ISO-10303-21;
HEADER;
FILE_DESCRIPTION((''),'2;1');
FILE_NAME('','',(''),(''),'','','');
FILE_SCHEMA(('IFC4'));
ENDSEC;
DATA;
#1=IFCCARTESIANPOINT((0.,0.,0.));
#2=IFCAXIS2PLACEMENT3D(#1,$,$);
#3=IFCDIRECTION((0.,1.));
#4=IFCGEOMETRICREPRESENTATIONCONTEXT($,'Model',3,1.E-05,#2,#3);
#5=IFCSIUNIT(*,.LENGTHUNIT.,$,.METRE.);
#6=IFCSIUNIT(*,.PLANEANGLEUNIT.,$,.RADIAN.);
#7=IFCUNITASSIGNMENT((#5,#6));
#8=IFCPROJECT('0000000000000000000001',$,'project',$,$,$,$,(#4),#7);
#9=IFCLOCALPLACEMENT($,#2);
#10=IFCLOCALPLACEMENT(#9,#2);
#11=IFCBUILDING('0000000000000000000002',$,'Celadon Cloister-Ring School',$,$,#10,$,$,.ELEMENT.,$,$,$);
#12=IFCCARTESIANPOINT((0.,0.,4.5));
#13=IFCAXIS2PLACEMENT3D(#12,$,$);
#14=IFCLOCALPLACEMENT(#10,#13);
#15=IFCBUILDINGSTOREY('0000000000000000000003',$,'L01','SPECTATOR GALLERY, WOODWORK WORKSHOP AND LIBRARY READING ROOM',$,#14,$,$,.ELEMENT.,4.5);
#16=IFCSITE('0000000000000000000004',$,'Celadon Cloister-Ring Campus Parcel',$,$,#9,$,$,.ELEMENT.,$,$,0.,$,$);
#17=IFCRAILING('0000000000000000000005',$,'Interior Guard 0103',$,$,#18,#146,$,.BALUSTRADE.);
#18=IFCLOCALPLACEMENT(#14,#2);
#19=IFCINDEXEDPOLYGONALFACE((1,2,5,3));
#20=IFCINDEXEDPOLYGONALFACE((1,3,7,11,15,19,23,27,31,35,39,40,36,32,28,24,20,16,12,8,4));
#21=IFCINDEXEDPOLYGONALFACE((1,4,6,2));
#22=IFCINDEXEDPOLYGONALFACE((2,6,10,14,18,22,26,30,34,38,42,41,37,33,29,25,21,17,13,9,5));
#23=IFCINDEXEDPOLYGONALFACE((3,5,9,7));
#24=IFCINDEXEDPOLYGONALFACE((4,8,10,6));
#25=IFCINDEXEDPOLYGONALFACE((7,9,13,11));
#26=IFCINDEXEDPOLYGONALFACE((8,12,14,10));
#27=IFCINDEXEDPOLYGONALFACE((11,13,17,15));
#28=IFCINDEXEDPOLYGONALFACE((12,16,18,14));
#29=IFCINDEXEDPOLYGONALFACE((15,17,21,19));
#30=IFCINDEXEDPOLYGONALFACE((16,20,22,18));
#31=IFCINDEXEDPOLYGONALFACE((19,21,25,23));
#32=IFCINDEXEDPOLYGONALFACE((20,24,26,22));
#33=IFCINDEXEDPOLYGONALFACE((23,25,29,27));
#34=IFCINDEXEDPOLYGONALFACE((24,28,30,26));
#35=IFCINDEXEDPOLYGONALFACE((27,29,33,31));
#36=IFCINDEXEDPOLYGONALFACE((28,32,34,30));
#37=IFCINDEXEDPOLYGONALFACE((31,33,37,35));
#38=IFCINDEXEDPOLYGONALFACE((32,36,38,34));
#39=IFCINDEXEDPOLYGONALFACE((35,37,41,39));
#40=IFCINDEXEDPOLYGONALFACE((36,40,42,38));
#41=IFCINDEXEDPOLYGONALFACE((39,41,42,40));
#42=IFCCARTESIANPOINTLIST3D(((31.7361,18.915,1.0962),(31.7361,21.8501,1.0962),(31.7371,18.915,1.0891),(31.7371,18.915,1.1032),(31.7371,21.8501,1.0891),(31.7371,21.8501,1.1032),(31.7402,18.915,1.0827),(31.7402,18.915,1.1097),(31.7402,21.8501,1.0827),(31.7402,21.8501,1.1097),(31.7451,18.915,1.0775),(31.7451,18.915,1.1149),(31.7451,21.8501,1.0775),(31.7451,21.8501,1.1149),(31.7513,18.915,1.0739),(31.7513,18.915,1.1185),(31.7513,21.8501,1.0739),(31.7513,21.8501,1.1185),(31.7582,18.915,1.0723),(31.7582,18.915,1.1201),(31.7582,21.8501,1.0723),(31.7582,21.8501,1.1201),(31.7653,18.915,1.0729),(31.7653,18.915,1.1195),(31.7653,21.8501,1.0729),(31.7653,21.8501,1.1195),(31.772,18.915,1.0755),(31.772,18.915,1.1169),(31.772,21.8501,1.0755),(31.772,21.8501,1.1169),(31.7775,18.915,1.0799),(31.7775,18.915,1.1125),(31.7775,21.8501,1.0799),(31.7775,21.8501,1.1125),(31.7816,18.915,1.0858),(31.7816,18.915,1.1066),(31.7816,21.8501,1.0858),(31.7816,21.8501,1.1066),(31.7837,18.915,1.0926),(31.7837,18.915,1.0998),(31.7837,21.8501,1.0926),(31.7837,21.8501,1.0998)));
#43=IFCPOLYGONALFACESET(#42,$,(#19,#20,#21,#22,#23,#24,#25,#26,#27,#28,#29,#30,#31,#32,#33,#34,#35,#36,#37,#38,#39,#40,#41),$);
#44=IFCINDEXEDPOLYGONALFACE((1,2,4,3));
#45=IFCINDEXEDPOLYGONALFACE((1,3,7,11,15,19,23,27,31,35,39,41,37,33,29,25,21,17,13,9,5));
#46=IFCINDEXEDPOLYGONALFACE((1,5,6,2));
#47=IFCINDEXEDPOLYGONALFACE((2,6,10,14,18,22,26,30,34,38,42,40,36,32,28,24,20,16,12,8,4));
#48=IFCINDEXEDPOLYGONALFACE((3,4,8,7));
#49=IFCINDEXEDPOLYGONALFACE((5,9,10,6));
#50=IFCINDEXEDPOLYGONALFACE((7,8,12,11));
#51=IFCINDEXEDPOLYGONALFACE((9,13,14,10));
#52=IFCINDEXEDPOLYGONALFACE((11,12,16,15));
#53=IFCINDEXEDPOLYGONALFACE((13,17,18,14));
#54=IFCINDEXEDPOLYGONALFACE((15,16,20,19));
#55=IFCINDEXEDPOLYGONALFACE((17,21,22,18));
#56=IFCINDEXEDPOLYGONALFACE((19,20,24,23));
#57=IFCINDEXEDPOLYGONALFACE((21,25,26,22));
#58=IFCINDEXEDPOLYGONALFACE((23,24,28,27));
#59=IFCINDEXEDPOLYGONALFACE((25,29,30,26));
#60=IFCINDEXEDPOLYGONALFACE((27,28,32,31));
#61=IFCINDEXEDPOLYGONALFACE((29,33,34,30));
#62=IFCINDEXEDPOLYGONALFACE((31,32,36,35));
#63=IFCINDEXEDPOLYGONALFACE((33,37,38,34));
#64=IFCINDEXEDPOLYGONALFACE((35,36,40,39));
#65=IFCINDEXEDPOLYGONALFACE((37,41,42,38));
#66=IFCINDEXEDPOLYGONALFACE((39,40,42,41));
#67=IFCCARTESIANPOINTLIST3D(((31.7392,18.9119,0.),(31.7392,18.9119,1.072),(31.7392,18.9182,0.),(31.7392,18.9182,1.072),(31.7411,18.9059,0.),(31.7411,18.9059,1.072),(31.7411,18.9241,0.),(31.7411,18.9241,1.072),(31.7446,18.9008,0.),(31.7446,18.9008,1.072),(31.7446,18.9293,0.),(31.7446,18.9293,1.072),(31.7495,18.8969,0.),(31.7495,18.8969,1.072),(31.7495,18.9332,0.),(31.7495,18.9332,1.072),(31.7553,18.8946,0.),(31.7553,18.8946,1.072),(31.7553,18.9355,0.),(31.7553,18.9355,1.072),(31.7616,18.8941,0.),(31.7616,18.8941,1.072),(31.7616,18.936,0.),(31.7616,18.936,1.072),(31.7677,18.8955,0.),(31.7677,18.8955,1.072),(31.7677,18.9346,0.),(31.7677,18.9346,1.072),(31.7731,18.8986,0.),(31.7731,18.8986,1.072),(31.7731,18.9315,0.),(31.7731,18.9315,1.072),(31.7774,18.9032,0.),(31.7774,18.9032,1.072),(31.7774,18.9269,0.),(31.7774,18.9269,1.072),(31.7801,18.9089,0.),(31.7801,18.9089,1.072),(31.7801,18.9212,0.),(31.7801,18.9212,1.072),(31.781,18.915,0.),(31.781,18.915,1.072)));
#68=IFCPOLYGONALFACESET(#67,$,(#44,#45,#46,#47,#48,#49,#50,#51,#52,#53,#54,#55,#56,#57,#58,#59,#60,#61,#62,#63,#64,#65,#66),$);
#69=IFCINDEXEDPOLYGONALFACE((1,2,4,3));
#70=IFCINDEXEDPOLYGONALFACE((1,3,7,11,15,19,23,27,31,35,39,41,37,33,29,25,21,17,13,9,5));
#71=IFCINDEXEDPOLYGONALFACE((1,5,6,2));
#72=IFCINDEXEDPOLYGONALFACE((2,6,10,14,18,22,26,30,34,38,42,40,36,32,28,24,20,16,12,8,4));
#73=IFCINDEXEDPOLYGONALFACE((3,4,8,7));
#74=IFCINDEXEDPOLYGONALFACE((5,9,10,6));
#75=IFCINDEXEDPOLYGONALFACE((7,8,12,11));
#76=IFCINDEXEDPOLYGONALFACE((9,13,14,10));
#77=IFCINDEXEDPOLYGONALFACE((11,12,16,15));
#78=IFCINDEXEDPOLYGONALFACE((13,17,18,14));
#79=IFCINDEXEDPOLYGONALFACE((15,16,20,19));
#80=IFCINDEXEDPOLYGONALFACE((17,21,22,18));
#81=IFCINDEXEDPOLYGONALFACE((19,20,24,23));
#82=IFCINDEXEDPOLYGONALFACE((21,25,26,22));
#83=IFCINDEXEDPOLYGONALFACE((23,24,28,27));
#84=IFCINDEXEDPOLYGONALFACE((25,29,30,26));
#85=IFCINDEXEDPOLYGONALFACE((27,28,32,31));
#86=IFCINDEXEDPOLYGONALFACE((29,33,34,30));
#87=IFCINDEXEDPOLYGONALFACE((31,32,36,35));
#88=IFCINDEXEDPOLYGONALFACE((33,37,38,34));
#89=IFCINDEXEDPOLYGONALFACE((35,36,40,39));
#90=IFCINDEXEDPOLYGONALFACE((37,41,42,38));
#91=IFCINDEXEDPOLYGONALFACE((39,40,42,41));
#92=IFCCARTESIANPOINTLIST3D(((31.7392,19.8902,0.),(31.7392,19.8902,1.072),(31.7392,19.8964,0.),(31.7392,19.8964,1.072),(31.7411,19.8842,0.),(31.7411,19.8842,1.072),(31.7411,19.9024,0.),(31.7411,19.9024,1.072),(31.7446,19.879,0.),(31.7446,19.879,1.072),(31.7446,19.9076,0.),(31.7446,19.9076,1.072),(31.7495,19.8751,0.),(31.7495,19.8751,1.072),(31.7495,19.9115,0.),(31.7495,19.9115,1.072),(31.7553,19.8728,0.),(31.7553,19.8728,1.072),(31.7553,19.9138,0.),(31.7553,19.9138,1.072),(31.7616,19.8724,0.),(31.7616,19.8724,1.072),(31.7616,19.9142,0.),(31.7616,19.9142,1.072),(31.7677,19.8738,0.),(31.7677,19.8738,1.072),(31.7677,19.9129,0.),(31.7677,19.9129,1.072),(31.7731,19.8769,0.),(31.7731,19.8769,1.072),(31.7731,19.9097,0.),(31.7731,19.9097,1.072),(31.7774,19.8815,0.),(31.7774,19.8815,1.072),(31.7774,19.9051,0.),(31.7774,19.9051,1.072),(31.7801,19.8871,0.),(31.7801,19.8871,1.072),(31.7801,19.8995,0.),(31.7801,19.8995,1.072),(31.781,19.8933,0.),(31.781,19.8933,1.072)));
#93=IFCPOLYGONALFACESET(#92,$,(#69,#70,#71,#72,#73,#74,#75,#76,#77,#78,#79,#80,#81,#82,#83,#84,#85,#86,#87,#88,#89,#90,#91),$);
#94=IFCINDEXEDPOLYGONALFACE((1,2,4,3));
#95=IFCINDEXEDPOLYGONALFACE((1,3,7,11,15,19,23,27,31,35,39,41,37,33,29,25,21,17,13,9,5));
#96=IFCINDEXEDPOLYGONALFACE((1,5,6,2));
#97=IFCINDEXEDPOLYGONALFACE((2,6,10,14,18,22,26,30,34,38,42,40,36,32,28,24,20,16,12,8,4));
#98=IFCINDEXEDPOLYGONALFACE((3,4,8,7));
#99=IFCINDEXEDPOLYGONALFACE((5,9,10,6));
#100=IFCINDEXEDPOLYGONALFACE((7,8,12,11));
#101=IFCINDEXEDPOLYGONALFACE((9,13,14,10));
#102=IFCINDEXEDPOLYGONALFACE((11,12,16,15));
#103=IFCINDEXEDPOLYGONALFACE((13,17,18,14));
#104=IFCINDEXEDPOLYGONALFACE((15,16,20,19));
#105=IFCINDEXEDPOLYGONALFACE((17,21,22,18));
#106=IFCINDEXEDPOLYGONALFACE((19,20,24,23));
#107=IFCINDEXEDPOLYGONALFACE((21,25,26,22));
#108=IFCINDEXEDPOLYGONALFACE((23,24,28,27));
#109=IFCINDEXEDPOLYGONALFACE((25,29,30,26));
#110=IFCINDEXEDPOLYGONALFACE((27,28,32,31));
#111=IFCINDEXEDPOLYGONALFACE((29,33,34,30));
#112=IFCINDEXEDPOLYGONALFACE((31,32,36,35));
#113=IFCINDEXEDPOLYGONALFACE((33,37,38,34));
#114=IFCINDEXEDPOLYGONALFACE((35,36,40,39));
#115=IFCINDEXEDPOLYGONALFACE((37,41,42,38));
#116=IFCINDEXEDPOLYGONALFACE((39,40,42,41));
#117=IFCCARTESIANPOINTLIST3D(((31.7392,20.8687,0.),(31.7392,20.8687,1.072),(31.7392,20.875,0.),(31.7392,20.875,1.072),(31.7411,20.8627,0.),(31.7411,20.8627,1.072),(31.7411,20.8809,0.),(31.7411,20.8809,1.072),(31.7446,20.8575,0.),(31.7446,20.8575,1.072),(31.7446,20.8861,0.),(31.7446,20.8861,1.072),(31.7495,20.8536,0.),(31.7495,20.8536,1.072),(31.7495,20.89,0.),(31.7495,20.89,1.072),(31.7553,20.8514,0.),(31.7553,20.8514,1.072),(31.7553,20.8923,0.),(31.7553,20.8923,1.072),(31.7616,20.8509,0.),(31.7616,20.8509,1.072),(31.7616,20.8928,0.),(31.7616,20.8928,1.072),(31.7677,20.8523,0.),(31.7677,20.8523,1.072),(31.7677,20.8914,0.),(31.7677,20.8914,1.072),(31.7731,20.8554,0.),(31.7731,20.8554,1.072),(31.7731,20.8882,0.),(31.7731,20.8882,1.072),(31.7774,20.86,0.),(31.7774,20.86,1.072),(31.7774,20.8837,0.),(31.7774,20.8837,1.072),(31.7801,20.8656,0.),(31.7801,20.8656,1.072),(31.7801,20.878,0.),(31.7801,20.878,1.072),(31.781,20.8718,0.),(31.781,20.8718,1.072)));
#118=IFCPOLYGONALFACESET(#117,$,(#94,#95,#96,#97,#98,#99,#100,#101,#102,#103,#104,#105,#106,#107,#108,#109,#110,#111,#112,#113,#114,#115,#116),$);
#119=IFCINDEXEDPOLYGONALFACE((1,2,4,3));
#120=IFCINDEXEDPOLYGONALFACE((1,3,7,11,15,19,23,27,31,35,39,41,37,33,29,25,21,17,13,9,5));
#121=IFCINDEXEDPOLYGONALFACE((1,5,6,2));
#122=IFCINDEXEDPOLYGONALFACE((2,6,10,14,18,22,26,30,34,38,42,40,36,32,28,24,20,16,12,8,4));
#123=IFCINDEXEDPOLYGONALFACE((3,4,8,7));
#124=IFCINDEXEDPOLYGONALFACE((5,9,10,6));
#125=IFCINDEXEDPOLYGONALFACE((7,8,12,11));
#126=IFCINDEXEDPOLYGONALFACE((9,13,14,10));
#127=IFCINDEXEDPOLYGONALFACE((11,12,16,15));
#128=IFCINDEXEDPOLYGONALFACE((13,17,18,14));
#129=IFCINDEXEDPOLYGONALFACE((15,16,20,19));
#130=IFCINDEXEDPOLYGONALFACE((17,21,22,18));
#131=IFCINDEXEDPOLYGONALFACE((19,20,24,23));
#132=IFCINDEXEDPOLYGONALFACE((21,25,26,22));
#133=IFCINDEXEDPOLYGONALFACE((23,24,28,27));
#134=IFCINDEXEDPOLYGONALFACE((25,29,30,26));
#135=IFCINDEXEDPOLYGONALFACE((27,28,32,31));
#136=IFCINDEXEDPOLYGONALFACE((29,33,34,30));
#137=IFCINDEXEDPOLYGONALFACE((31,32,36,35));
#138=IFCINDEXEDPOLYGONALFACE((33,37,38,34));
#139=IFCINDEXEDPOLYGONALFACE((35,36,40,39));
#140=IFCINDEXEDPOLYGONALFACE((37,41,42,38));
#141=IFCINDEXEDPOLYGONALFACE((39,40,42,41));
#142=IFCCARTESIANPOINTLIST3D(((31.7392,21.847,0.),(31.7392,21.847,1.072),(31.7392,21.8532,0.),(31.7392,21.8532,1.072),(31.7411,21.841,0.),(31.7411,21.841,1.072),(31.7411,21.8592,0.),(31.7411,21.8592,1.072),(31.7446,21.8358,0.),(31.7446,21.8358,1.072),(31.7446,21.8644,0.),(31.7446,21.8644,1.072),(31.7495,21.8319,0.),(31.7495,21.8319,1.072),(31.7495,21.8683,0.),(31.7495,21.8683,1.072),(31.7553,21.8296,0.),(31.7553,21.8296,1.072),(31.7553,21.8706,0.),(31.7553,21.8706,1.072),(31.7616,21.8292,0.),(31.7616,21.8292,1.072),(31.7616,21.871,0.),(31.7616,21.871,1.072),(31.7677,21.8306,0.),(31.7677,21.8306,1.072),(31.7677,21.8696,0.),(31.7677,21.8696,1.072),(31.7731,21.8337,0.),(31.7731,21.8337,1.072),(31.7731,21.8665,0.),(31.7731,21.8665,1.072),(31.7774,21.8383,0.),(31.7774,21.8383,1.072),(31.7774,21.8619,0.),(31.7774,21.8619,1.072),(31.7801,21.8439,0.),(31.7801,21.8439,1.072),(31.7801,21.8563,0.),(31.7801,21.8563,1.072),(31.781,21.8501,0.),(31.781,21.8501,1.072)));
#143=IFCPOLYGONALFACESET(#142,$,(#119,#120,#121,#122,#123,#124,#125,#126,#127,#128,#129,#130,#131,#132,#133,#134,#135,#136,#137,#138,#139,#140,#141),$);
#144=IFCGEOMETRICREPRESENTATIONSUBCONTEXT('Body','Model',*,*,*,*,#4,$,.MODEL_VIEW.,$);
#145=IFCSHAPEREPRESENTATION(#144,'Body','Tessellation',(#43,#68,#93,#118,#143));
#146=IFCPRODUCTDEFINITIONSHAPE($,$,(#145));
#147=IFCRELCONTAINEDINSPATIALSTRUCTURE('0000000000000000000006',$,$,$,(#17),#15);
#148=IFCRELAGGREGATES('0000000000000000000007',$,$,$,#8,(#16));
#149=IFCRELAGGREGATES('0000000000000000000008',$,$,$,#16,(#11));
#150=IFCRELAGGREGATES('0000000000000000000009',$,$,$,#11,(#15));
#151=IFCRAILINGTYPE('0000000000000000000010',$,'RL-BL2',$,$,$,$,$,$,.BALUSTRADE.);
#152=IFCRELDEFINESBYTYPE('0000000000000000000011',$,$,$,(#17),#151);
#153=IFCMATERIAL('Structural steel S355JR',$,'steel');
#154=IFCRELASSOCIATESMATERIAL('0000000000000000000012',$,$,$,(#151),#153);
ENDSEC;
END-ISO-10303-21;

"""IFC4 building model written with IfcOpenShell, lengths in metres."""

from ifc_helpers import new_model, si_unit, direction, frame, origin, origin_2d, place, context, subcontext, project, spatial, circle, extrude, material, type_object, element, save


model = new_model("IFC4")

# Units and contexts
model_context = context("Model", 3, precision=1e-05, world=origin(), true_north=direction((0.0, 1.0)))
body_context = subcontext(model_context, "Body", "Model", "MODEL_VIEW")
ifc_project = project(units=[si_unit("LENGTHUNIT", "METRE"), si_unit("PLANEANGLEUNIT", "RADIAN")], contexts=[model_context])

# Site, building, storey
site_placement = place(None, origin())
site = spatial("IfcSite", under=ifc_project, at=site_placement, Name="Celadon Cloister-Ring Campus Parcel", CompositionType="ELEMENT", RefElevation=0.0)
building_placement = place(site_placement, origin())
building = spatial("IfcBuilding", under=site, at=building_placement, Name="Celadon Cloister-Ring School", CompositionType="ELEMENT")
storey_placement = place(building_placement, frame((0.0, 0.0, 4.5)))
storey = spatial("IfcBuildingStorey", under=building, at=storey_placement, Name="L01", Description="SPECTATOR GALLERY, WOODWORK WORKSHOP AND LIBRARY READING ROOM", CompositionType="ELEMENT", Elevation=4.5)

# Railing
ifc_material_1 = material(Name="Structural steel S355JR", Category="steel")
railing_type_1 = type_object("IfcRailingType", Name="RL-BL2", PredefinedType="BALUSTRADE", material=ifc_material_1)
railing_1_placement = place(storey_placement, frame((31.76, 18.915, 0.0)))
element("IfcRailing", 1, at=railing_1_placement, inside=storey, type_object=railing_type_1, Name="Interior Guard 0103", PredefinedType="BALUSTRADE", context=body_context, shape_type="SweptSolid", body=[
    extrude(circle(Radius=0.0239, at=origin_2d()), frame((0.0, 0.0, 1.0962), z_axis=(0.0, 1.0, 0.0), x_axis=(-1.0, 0.0, 0.0)), (0.0, 0.0, 1.0), 2.9351),
    extrude(circle(Radius=0.021, at=origin_2d()), origin(), (0.0, 0.0, 1.0), 1.072),
    extrude(circle(Radius=0.021, at=origin_2d()), frame((0.0, 0.9783, 0.0)), (0.0, 0.0, 1.0), 1.072),
    extrude(circle(Radius=0.021, at=origin_2d()), frame((0.0, 1.9568, 0.0)), (0.0, 0.0, 1.0), 1.072),
    extrude(circle(Radius=0.021, at=origin_2d()), frame((0.0, 2.9351, 0.0)), (0.0, 0.0, 1.0), 1.072),
])

save(model, "model.ifc")
